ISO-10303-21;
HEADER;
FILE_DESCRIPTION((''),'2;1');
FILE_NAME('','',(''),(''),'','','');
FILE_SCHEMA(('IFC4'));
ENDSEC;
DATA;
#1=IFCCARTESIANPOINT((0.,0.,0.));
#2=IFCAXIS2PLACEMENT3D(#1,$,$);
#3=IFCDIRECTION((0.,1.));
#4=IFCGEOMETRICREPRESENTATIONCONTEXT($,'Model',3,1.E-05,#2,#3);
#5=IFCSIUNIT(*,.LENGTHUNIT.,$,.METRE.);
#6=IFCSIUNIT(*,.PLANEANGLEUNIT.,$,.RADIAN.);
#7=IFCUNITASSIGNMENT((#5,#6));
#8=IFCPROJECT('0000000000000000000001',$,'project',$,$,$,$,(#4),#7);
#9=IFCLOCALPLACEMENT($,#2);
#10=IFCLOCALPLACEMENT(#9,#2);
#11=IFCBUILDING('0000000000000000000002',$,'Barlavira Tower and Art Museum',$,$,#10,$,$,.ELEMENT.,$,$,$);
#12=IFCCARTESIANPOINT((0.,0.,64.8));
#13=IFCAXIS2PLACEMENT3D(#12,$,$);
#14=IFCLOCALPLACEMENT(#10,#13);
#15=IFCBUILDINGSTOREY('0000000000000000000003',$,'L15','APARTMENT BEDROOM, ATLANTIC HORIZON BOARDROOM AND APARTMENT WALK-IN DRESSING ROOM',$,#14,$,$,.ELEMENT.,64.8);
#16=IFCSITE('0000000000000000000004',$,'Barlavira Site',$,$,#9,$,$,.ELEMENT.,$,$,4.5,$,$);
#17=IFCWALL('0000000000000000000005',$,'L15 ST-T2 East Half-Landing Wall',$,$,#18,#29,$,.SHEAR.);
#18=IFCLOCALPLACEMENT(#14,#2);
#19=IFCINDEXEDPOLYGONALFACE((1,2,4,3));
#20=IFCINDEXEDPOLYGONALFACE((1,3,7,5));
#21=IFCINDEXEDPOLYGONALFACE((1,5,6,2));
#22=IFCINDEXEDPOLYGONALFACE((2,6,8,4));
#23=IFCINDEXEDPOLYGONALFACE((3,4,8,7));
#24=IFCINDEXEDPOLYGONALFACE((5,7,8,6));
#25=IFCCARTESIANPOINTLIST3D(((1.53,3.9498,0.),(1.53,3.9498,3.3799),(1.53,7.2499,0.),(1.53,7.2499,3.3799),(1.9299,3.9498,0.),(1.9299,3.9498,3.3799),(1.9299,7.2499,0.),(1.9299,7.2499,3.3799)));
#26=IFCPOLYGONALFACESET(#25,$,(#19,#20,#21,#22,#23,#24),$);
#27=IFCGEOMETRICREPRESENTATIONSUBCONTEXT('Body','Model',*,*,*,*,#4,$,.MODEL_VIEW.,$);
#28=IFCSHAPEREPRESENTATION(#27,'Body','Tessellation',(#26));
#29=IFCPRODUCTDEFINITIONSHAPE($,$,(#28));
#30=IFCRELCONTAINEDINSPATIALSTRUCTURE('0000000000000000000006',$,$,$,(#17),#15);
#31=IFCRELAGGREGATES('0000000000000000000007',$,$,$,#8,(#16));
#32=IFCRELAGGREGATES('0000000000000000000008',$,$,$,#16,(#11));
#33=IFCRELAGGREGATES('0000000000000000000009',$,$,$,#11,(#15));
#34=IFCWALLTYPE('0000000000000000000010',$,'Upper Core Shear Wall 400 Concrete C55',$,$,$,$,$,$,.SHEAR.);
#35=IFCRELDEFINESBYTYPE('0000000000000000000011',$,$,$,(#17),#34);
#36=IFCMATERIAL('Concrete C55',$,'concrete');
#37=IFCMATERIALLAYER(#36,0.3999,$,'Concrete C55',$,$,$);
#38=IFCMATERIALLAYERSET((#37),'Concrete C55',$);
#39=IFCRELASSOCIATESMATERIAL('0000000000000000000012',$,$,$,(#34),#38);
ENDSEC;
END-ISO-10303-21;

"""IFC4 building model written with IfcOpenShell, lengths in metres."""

from ifc_helpers import new_model, si_unit, direction, frame, frame_2d, origin, place, context, subcontext, project, spatial, rectangle, extrude, material, layer, layer_set, type_object, element, save


model = new_model("IFC4")

# Units and contexts
model_context = context("Model", 3, precision=1e-05, world=origin(), true_north=direction((0.0, 1.0)))
body_context = subcontext(model_context, "Body", "Model", "MODEL_VIEW")
ifc_project = project(units=[si_unit("LENGTHUNIT", "METRE"), si_unit("PLANEANGLEUNIT", "RADIAN")], contexts=[model_context])

# Site, building, storey
site_placement = place(None, origin())
site = spatial("IfcSite", under=ifc_project, at=site_placement, Name="Barlavira Site", CompositionType="ELEMENT", RefElevation=4.5)
building_placement = place(site_placement, origin())
building = spatial("IfcBuilding", under=site, at=building_placement, Name="Barlavira Tower and Art Museum", CompositionType="ELEMENT")
storey_placement = place(building_placement, frame((0.0, 0.0, 64.8)))
storey = spatial("IfcBuildingStorey", under=building, at=storey_placement, Name="L15", Description="APARTMENT BEDROOM, ATLANTIC HORIZON BOARDROOM AND APARTMENT WALK-IN DRESSING ROOM", CompositionType="ELEMENT", Elevation=64.8)

# Wall
ifc_material_1 = material(Name="Concrete C55", Category="concrete")
ifc_layer_1 = layer(ifc_material_1, 0.3999, Name="Concrete C55")
ifc_layer_set_1 = layer_set([ifc_layer_1], Name="Concrete C55")
wall_type_1 = type_object("IfcWallType", Name="Upper Core Shear Wall 400 Concrete C55", PredefinedType="SHEAR", material=ifc_layer_set_1)
wall_1_placement = place(storey_placement, frame((1.73, 3.95, 0.0), z_axis=(0.0, 0.0, 1.0), x_axis=(0.0, 1.0, 0.0)))
element("IfcWall", 1, at=wall_1_placement, inside=storey, type_object=wall_type_1, Name="L15 ST-T2 East Half-Landing Wall", PredefinedType="SHEAR", context=body_context, shape_type="SweptSolid", body=[
    extrude(rectangle(XDim=3.3, YDim=0.3999, at=frame_2d((1.6499, 0.0))), origin(), (0.0, 0.0, 1.0), 3.3799),
])

save(model, "model.ifc")
